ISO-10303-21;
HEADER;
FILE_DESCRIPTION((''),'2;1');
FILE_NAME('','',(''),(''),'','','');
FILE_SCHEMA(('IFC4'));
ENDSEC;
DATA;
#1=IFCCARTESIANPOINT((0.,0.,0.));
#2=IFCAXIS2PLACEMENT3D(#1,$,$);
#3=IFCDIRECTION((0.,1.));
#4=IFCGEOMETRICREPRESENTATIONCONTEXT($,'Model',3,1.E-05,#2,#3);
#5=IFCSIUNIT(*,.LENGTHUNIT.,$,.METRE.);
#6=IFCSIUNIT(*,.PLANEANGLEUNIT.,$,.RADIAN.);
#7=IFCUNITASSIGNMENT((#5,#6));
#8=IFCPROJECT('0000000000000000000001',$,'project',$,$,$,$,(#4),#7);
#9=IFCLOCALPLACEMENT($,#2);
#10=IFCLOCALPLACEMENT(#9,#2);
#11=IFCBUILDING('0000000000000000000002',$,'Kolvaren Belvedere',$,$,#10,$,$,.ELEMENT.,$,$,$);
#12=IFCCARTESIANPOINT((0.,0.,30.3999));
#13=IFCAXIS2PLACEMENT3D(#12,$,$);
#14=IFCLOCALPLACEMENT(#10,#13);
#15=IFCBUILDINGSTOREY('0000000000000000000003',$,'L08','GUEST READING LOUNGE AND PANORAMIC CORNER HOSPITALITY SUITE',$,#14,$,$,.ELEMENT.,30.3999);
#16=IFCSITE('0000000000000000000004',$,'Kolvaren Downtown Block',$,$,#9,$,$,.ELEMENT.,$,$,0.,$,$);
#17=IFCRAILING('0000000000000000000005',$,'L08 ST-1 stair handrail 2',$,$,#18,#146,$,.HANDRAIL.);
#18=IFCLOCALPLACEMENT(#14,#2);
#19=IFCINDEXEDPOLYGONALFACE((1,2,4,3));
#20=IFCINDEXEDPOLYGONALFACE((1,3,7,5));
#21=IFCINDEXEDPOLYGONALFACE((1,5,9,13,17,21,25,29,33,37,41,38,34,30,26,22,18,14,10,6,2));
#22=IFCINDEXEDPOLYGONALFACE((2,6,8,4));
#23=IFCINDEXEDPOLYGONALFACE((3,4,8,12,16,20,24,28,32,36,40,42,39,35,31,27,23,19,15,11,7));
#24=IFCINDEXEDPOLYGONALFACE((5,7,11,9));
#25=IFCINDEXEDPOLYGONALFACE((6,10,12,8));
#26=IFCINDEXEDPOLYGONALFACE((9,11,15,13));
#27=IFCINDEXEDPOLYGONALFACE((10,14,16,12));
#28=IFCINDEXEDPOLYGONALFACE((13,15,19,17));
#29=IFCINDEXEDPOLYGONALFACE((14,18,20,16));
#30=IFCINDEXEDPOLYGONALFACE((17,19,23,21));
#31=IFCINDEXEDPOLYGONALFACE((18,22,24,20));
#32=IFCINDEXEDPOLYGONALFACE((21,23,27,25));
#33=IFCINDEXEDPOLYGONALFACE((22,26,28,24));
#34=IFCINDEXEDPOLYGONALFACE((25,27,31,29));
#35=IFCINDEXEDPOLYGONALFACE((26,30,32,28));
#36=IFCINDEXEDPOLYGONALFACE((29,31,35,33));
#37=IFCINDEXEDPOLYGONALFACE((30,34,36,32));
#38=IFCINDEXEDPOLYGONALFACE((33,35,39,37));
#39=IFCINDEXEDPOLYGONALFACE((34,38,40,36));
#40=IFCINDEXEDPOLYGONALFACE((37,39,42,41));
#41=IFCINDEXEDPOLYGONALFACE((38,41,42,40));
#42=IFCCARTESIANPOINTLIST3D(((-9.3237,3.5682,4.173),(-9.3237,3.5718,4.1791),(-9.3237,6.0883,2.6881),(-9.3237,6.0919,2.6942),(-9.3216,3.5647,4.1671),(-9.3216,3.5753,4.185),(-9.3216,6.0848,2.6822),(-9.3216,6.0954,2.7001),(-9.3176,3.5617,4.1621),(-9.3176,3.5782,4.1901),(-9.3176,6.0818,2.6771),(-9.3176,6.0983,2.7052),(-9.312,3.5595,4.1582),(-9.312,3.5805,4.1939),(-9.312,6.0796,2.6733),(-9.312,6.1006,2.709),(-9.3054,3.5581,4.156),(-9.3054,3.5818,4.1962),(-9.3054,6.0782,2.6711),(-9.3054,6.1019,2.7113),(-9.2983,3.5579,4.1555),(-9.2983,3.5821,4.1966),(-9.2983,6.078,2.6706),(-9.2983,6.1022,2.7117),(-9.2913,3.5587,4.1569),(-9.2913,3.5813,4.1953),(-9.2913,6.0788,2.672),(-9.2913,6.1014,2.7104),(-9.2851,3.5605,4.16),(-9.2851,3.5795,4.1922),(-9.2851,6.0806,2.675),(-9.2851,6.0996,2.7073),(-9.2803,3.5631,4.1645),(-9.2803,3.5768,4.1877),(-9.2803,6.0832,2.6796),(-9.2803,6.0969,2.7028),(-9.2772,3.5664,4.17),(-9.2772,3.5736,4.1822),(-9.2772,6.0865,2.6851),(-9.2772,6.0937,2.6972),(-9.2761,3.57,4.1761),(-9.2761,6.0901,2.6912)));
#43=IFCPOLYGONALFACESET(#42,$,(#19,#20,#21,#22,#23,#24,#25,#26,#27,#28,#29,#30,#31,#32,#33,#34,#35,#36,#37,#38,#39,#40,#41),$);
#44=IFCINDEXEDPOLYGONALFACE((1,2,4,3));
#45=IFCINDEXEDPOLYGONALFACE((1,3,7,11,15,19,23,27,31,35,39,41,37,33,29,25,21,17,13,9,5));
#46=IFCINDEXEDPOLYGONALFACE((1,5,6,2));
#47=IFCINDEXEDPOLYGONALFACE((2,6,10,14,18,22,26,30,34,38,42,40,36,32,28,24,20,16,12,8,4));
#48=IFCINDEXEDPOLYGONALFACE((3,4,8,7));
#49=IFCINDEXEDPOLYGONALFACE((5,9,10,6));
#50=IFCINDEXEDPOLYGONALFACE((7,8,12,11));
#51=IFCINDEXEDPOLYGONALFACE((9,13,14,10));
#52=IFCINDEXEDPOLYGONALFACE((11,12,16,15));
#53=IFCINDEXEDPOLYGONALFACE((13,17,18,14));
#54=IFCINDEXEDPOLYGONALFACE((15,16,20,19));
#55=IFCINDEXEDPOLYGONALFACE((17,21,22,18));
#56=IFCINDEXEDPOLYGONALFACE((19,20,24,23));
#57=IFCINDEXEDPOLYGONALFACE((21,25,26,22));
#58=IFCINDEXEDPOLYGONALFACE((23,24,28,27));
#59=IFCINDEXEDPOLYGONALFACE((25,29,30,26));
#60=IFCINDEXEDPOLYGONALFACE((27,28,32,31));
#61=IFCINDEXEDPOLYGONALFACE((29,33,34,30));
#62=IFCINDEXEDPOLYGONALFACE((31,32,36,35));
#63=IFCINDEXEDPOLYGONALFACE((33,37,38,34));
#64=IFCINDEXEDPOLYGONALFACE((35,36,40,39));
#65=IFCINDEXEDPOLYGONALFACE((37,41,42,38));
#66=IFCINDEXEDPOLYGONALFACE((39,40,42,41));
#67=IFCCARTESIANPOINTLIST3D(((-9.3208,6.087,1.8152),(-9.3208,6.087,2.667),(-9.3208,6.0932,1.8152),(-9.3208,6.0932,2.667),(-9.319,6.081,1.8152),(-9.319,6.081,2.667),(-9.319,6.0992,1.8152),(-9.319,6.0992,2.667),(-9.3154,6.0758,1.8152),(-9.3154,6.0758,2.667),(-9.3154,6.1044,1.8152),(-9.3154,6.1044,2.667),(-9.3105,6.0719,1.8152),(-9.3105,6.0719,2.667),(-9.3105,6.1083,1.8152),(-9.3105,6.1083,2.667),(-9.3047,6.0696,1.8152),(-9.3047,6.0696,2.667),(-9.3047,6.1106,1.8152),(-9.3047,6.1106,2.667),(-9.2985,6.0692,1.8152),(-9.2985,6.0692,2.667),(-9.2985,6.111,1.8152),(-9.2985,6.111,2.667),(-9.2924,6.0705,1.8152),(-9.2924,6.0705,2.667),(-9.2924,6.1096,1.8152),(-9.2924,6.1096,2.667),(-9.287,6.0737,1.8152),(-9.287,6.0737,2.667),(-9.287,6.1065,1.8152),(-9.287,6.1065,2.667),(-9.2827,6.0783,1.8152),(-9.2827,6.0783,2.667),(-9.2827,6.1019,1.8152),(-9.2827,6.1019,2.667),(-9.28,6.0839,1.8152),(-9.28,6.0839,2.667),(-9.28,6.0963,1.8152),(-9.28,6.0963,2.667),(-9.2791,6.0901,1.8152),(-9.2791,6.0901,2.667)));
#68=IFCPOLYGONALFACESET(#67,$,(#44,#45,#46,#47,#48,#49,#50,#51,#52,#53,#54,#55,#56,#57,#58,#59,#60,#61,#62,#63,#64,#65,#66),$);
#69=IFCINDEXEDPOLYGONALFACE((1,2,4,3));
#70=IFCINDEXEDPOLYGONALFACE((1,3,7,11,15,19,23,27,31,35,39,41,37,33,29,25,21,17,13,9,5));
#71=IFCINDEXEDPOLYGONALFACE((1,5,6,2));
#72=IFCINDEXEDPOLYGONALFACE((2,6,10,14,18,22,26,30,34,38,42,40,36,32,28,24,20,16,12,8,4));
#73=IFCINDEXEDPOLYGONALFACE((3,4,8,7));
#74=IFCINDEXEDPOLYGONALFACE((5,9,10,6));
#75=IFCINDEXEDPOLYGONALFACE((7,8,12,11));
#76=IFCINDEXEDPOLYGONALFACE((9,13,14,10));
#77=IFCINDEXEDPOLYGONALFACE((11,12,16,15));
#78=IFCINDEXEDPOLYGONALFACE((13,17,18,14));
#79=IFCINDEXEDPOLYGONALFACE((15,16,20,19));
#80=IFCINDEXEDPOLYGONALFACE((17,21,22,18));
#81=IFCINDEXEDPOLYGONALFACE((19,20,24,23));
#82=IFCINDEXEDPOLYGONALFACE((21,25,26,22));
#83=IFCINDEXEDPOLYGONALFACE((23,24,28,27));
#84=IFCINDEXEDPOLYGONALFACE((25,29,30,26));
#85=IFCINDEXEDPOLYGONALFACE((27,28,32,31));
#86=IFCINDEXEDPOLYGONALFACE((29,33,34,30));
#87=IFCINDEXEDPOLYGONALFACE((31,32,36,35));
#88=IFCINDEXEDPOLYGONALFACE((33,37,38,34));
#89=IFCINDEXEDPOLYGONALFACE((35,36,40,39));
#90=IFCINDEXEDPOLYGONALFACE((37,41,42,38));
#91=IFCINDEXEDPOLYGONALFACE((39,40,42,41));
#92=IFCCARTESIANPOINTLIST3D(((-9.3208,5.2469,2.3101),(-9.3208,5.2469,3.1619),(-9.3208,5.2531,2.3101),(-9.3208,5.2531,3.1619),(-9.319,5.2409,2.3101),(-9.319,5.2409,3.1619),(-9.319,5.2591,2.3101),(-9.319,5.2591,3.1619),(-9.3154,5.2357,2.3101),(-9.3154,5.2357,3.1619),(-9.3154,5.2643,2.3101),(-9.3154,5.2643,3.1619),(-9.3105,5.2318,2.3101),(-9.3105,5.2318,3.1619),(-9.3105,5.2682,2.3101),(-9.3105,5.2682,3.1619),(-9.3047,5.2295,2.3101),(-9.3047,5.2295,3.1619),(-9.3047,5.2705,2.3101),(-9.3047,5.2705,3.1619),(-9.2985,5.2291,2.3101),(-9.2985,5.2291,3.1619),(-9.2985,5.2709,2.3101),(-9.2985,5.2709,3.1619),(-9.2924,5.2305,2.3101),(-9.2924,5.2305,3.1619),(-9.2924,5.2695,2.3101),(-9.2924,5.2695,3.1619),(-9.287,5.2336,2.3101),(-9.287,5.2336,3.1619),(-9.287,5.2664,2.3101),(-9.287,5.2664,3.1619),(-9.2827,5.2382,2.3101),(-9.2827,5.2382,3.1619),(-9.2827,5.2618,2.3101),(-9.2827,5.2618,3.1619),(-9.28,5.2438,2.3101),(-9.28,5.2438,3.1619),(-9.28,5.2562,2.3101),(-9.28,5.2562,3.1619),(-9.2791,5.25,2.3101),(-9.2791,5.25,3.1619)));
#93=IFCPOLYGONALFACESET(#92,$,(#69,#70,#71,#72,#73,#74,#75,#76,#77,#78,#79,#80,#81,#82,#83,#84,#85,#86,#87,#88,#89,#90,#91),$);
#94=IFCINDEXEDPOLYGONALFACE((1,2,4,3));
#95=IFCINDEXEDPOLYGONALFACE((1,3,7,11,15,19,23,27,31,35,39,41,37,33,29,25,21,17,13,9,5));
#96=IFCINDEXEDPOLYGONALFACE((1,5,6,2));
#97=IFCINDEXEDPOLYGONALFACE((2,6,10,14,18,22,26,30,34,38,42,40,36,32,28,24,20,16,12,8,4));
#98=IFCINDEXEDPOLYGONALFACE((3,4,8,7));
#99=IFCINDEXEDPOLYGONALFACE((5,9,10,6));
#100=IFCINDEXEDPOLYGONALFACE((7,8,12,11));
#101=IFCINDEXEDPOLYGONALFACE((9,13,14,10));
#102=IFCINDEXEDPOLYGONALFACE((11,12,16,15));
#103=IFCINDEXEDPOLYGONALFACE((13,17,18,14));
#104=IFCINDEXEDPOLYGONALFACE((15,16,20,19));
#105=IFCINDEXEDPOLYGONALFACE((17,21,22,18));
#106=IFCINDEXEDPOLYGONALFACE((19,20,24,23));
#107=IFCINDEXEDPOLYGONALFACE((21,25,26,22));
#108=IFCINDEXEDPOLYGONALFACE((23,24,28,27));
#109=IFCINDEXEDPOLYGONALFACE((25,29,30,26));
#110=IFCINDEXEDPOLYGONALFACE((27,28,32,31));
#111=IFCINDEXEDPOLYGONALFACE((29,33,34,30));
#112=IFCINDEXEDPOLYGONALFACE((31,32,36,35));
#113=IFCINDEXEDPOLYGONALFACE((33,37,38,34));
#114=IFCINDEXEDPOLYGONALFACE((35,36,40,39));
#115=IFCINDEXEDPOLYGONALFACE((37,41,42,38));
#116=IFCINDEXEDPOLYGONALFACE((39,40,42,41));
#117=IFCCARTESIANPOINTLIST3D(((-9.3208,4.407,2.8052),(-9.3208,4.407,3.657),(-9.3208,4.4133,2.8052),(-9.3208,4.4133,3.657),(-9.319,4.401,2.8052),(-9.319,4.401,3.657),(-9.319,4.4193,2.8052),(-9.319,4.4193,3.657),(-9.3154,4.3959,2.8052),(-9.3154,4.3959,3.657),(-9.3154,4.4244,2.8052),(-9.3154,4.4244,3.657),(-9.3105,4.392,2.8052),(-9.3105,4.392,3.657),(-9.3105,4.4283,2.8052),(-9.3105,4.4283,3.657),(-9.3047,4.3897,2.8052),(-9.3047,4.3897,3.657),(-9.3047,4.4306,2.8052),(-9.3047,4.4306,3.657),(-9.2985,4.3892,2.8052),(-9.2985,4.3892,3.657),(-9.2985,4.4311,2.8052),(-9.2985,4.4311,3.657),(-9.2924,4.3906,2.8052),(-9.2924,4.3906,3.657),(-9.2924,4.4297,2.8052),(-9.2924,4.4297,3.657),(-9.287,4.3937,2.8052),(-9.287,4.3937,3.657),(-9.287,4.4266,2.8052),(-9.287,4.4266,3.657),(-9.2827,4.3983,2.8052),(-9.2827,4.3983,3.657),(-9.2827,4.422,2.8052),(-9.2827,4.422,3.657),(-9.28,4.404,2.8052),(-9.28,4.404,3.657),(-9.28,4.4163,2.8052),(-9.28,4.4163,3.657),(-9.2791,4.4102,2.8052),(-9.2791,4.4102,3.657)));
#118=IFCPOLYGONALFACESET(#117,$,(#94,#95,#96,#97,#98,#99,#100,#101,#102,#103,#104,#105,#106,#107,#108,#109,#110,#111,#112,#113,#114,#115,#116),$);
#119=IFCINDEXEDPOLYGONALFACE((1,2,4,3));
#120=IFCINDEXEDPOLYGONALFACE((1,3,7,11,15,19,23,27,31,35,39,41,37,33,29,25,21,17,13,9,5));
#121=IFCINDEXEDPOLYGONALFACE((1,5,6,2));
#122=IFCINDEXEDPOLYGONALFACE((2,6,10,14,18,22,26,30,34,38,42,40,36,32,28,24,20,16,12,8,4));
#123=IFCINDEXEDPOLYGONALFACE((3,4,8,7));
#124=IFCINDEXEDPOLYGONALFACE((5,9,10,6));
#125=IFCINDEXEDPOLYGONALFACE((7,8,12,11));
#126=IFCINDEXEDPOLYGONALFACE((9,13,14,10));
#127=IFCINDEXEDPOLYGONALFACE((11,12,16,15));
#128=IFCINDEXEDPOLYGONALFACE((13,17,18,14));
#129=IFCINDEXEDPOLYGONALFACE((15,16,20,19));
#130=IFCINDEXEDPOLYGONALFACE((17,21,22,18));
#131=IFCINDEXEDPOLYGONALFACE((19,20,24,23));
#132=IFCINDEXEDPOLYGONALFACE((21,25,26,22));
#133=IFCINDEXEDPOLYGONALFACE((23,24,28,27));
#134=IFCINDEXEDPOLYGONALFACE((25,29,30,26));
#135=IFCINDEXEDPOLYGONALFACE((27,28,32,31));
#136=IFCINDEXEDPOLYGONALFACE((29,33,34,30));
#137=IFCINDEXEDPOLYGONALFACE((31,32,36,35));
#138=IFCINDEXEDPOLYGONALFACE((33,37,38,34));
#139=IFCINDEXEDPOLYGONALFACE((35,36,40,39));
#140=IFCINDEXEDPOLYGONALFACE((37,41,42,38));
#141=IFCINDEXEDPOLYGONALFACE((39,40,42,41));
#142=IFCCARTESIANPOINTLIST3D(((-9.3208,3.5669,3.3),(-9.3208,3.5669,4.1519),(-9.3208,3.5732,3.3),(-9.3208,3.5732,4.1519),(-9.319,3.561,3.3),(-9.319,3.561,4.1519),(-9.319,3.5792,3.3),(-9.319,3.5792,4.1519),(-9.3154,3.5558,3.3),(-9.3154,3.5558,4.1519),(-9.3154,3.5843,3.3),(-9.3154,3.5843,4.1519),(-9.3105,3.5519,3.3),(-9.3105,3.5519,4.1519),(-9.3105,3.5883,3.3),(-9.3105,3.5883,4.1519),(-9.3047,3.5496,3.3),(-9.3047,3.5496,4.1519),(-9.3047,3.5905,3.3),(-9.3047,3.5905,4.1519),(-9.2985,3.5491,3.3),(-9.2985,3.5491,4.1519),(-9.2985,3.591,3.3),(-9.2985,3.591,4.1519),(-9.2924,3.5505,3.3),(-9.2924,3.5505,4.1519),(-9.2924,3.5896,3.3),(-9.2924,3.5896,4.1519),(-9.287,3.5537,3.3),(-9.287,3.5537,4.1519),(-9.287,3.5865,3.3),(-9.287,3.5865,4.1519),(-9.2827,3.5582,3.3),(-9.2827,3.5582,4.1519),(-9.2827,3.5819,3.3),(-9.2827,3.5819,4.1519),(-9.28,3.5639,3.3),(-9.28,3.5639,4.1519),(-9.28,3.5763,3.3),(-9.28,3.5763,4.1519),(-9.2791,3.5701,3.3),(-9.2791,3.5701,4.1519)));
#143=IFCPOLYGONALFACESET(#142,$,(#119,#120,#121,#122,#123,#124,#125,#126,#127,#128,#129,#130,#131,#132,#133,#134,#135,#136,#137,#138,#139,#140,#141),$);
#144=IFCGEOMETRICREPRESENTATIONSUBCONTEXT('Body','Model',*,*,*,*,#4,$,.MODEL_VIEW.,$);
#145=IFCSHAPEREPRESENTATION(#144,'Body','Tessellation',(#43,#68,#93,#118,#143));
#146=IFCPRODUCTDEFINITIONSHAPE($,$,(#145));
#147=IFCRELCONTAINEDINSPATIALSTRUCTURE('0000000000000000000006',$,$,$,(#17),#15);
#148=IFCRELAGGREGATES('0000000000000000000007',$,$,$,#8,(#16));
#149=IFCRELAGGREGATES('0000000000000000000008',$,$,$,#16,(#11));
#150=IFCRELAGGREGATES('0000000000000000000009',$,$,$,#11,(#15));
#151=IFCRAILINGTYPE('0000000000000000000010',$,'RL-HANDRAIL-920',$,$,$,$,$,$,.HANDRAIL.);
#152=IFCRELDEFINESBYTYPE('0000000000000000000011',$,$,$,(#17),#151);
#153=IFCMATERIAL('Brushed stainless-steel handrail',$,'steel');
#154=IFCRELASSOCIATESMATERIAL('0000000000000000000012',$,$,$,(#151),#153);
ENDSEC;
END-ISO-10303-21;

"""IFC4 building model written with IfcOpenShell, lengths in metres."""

from ifc_helpers import new_model, si_unit, direction, frame, origin, origin_2d, place, context, subcontext, project, spatial, circle, extrude, material, type_object, element, save


model = new_model("IFC4")

# Units and contexts
model_context = context("Model", 3, precision=1e-05, world=origin(), true_north=direction((0.0, 1.0)))
body_context = subcontext(model_context, "Body", "Model", "MODEL_VIEW")
ifc_project = project(units=[si_unit("LENGTHUNIT", "METRE"), si_unit("PLANEANGLEUNIT", "RADIAN")], contexts=[model_context])

# Site, building, storey
site_placement = place(None, origin())
site = spatial("IfcSite", under=ifc_project, at=site_placement, Name="Kolvaren Downtown Block", CompositionType="ELEMENT", RefElevation=0.0)
building_placement = place(site_placement, origin())
building = spatial("IfcBuilding", under=site, at=building_placement, Name="Kolvaren Belvedere", CompositionType="ELEMENT")
storey_placement = place(building_placement, frame((0.0, 0.0, 30.3999)))
storey = spatial("IfcBuildingStorey", under=building, at=storey_placement, Name="L08", Description="GUEST READING LOUNGE AND PANORAMIC CORNER HOSPITALITY SUITE", CompositionType="ELEMENT", Elevation=30.3999)

# Railing
ifc_material_1 = material(Name="Brushed stainless-steel handrail", Category="steel")
railing_type_1 = type_object("IfcRailingType", Name="RL-HANDRAIL-920", PredefinedType="HANDRAIL", material=ifc_material_1)
railing_1_placement = place(storey_placement, frame((-9.3, 6.0901, 1.8152)))
element("IfcRailing", 1, at=railing_1_placement, inside=storey, type_object=railing_type_1, Name="L08 ST-1 stair handrail 2", PredefinedType="HANDRAIL", context=body_context, shape_type="SweptSolid", body=[
    extrude(circle(Radius=0.0239, at=origin_2d()), frame((0.0, 0.0, 0.876), z_axis=(0.0, -0.861561, 0.507655), x_axis=(1.0, 0.0, 0.0)), (0.0, 0.0, 1.0), 2.925),
    extrude(circle(Radius=0.021, at=origin_2d()), origin(), (0.0, 0.0, 1.0), 0.8518),
    extrude(circle(Radius=0.021, at=origin_2d()), frame((0.0, -0.8401, 0.4949)), (0.0, 0.0, 1.0), 0.8518),
    extrude(circle(Radius=0.021, at=origin_2d()), frame((0.0, -1.6799, 0.99)), (0.0, 0.0, 1.0), 0.8518),
    extrude(circle(Radius=0.021, at=origin_2d()), frame((0.0, -2.52, 1.4849)), (0.0, 0.0, 1.0), 0.8518),
])

save(model, "model.ifc")
